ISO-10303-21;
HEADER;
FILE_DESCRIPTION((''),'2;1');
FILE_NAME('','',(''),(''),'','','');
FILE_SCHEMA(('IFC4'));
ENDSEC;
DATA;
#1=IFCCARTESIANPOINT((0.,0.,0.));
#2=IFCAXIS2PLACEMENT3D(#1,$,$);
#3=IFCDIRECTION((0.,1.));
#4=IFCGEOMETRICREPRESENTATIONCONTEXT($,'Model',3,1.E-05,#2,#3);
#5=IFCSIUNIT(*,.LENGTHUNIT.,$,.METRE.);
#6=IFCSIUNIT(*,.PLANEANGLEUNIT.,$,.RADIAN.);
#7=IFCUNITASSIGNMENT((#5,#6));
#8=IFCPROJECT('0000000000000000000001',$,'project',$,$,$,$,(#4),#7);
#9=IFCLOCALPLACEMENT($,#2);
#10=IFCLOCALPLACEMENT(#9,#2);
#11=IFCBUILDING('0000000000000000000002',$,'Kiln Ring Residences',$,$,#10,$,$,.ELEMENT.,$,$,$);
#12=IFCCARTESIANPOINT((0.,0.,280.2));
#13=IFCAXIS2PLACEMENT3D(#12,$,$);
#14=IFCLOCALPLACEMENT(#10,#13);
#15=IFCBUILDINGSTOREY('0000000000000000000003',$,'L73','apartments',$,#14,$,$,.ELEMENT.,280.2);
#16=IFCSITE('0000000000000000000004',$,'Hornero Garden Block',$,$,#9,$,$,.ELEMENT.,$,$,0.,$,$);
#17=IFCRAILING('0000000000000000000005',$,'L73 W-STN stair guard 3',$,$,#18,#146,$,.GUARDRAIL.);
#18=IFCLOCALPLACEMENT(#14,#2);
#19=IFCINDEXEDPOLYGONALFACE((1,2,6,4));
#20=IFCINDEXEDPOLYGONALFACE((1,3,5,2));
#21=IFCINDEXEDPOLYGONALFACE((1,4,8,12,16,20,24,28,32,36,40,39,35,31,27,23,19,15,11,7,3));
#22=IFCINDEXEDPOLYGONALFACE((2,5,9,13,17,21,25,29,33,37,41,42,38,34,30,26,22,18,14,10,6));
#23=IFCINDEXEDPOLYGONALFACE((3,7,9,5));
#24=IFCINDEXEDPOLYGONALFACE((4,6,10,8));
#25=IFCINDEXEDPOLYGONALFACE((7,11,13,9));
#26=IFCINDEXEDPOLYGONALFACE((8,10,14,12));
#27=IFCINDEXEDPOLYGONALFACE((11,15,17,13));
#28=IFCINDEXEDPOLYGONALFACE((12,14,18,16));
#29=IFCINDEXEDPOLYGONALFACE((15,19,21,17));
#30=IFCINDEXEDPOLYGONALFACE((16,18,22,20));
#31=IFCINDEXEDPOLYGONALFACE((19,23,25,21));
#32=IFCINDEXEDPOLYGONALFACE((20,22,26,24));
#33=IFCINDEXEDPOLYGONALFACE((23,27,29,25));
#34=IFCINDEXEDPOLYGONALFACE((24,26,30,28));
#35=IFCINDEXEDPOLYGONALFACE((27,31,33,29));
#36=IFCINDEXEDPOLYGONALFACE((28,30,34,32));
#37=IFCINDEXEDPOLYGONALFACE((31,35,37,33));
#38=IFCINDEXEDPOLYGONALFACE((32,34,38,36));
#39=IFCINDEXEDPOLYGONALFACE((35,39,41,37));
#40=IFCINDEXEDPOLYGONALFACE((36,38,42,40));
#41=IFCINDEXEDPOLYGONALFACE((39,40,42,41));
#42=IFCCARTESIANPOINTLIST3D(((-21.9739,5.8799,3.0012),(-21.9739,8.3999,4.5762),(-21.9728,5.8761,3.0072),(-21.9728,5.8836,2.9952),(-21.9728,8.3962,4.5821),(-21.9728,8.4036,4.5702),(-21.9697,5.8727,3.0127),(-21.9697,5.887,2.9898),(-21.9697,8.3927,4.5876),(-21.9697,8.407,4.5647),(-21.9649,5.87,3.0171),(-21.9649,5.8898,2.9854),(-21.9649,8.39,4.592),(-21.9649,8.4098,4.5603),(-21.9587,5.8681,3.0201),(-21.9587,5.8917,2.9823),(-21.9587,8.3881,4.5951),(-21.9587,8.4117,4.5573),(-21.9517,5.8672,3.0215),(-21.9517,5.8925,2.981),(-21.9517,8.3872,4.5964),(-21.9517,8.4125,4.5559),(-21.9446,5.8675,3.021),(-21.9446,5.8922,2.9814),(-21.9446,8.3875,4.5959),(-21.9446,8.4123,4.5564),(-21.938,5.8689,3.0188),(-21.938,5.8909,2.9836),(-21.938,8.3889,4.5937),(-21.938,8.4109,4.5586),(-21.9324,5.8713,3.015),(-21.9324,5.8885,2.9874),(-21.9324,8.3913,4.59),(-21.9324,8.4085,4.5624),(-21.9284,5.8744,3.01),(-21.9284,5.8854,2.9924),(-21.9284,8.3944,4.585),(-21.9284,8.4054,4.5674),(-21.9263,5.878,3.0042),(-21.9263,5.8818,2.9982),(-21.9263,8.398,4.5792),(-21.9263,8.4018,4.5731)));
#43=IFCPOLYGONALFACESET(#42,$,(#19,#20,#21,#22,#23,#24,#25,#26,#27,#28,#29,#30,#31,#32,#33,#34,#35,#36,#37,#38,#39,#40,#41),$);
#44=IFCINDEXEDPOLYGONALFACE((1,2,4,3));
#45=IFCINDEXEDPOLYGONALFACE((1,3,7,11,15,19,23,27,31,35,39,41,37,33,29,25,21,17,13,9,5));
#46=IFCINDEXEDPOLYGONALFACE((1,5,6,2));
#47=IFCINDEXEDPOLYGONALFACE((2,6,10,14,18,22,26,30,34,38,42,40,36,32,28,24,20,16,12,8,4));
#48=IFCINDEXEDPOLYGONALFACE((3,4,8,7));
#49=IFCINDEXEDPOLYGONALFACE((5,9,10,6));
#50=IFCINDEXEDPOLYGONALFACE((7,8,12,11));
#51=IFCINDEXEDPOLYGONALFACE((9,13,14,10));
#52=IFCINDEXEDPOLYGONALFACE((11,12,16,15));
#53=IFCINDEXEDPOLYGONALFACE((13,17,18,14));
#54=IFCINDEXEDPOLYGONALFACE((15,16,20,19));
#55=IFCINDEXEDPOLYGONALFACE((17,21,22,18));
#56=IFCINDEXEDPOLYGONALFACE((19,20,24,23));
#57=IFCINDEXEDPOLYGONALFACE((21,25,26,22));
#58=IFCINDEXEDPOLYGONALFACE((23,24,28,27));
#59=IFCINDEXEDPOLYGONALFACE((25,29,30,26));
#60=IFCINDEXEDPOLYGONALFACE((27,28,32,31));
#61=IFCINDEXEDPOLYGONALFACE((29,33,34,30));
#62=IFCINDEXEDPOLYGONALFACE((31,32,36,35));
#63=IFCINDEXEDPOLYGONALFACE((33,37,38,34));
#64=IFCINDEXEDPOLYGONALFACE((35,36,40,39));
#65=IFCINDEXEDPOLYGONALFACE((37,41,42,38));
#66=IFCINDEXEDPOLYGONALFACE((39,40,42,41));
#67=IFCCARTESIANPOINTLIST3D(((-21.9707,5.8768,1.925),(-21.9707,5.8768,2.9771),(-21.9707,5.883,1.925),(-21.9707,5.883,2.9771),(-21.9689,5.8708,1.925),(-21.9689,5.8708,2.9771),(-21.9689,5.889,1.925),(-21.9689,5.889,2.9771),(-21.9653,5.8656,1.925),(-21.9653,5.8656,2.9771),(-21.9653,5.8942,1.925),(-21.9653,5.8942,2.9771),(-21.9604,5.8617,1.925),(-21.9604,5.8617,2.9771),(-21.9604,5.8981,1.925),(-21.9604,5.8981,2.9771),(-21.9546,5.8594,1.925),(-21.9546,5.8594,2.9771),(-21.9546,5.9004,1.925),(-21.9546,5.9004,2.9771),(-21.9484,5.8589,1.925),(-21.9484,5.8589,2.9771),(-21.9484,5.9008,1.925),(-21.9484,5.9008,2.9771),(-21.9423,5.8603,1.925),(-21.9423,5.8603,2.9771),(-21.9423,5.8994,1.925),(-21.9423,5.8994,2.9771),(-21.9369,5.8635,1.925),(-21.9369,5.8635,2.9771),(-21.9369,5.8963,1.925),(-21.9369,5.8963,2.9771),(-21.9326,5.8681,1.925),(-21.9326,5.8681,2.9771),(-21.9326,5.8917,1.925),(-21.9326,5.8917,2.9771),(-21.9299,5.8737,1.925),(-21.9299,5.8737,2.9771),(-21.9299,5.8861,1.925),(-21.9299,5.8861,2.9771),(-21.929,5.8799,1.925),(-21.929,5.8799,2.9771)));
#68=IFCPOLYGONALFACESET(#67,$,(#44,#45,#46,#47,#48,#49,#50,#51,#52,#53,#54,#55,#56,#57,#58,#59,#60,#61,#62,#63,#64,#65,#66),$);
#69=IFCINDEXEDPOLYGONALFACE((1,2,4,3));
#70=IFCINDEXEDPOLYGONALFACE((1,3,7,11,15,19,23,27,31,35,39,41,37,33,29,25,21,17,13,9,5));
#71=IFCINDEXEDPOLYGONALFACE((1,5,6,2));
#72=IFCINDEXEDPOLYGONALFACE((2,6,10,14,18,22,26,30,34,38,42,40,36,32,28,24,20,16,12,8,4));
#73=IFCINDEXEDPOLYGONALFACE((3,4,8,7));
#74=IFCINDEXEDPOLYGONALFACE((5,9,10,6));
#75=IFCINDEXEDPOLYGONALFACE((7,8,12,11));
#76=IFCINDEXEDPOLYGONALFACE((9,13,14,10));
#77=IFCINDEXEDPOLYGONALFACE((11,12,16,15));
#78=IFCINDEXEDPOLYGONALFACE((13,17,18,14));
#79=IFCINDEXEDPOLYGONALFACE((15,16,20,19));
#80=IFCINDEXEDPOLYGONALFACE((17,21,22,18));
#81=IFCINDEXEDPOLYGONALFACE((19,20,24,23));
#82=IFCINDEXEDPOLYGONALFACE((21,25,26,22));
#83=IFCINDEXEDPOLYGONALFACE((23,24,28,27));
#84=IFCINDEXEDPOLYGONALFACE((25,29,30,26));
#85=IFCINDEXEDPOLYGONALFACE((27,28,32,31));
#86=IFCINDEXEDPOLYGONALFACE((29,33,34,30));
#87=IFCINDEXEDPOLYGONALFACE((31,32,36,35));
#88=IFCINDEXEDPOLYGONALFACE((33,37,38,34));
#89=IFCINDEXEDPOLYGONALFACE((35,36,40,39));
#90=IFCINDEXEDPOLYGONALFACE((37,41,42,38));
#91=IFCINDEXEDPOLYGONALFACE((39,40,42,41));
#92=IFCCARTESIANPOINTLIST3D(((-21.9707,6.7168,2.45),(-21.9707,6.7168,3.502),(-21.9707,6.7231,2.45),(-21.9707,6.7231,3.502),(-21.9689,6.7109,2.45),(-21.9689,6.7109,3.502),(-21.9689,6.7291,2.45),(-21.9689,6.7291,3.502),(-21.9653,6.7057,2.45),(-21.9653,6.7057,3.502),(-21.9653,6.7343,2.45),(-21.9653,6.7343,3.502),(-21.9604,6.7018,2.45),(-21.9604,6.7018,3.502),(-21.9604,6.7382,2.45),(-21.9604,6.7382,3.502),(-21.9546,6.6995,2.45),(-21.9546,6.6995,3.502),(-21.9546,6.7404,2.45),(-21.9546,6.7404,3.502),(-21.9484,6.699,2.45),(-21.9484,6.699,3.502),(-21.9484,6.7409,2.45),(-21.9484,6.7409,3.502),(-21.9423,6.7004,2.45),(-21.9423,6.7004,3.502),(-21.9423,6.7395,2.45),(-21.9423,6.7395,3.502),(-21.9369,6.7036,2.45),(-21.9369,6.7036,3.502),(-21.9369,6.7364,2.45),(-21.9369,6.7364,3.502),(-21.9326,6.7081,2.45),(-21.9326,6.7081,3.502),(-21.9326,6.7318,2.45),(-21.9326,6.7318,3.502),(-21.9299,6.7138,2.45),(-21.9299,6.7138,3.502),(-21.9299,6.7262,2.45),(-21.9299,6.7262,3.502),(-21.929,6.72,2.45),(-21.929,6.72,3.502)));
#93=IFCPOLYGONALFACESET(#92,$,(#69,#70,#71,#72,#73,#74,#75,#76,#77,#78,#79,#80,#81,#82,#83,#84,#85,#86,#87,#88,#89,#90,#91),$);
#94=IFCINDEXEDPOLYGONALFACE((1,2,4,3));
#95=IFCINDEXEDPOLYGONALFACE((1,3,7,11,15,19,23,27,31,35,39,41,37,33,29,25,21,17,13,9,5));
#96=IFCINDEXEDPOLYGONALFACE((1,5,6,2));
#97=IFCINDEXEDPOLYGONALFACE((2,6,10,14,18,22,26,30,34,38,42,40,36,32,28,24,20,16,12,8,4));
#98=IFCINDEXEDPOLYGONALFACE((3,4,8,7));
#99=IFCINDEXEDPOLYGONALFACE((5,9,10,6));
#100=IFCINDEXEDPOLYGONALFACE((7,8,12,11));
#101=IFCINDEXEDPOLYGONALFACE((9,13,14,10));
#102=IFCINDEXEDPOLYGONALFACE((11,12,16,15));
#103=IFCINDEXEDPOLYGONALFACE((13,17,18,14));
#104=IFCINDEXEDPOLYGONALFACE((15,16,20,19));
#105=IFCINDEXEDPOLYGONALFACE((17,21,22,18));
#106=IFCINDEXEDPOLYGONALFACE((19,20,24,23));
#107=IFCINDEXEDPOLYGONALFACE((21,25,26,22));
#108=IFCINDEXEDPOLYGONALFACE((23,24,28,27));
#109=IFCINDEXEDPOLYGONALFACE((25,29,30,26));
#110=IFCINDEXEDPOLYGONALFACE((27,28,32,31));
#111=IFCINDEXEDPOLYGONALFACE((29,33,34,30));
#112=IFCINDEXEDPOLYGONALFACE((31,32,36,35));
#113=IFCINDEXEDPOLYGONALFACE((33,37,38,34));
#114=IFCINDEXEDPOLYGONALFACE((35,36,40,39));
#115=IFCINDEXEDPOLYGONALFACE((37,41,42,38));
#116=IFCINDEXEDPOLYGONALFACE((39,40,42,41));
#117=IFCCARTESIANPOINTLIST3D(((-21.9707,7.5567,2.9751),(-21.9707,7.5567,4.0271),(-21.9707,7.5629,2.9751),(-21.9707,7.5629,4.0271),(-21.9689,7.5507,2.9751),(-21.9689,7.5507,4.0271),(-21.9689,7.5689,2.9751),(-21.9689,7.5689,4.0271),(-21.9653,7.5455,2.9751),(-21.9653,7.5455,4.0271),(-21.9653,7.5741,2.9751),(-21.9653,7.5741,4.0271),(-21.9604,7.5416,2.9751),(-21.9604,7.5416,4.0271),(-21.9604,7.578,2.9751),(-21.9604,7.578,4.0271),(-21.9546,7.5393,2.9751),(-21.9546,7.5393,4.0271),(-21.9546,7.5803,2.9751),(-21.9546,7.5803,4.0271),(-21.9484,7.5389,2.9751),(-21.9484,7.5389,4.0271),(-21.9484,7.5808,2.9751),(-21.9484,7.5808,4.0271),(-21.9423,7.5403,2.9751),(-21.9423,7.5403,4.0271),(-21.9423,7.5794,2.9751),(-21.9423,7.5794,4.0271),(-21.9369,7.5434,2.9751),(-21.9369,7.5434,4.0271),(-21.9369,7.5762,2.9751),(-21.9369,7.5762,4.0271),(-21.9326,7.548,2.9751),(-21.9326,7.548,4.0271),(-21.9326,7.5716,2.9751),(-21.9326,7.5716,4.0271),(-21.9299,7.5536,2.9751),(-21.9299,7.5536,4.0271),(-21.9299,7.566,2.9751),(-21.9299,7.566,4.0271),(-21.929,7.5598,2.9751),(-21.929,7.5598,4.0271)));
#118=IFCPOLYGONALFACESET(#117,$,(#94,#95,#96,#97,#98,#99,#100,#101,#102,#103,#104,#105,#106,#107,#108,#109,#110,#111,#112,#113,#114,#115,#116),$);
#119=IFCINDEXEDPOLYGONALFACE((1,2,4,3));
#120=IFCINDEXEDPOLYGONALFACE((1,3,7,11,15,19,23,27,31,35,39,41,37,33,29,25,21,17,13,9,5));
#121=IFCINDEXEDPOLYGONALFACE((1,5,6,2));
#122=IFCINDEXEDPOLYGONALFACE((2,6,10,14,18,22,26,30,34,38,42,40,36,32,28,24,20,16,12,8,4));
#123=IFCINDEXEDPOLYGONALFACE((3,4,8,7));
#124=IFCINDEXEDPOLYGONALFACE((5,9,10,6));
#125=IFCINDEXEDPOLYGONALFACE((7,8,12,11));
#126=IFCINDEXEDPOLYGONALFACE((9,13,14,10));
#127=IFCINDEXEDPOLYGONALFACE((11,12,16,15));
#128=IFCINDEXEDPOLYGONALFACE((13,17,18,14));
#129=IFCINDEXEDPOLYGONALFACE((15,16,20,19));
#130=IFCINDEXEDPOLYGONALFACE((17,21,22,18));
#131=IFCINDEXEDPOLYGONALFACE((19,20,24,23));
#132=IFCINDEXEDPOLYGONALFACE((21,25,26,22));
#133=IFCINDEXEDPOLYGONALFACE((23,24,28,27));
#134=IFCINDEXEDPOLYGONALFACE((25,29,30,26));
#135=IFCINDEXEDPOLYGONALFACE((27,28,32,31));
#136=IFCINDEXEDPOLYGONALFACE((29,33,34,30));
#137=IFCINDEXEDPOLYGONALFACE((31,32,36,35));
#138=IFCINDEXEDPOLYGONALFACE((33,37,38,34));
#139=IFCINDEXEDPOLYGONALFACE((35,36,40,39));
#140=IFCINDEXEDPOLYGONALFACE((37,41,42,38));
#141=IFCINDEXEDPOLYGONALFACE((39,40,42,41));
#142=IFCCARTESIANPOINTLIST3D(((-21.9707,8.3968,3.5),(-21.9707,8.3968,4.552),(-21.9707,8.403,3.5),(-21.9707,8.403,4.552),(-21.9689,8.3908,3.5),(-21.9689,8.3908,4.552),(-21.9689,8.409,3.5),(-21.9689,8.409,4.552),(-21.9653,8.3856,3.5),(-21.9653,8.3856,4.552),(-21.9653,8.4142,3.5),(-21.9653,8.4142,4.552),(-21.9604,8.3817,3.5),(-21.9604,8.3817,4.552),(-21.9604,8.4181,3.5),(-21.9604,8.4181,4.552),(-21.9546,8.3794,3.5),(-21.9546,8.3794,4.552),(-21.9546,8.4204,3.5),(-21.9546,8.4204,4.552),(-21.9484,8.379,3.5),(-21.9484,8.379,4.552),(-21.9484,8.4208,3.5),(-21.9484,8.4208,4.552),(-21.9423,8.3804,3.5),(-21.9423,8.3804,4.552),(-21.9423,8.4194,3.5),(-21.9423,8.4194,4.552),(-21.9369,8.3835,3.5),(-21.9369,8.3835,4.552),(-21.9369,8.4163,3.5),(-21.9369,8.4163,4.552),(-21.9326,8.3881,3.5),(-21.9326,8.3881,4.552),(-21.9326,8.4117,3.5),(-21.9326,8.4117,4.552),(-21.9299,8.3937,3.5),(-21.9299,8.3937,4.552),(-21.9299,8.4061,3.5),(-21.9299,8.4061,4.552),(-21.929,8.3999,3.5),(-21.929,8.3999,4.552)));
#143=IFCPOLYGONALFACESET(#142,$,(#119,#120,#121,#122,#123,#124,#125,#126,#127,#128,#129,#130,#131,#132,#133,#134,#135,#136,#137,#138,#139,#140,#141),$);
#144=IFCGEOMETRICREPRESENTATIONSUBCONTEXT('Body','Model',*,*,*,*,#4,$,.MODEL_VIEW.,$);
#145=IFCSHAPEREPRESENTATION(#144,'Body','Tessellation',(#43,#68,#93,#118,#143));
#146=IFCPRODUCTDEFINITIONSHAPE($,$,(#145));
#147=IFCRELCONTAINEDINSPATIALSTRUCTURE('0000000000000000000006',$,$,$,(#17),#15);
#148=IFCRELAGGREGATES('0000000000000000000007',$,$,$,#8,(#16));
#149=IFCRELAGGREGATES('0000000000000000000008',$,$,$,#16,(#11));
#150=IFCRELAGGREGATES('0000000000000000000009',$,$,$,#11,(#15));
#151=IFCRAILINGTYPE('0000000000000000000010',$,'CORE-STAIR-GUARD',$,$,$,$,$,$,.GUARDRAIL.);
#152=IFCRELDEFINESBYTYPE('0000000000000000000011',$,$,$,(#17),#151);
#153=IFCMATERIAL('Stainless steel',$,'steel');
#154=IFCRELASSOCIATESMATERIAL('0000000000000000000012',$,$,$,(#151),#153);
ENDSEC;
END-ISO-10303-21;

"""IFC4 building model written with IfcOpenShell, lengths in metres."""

from ifc_helpers import new_model, si_unit, direction, frame, origin, origin_2d, place, context, subcontext, project, spatial, circle, extrude, material, type_object, element, save


model = new_model("IFC4")

# Units and contexts
model_context = context("Model", 3, precision=1e-05, world=origin(), true_north=direction((0.0, 1.0)))
body_context = subcontext(model_context, "Body", "Model", "MODEL_VIEW")
ifc_project = project(units=[si_unit("LENGTHUNIT", "METRE"), si_unit("PLANEANGLEUNIT", "RADIAN")], contexts=[model_context])

# Site, building, storey
site_placement = place(None, origin())
site = spatial("IfcSite", under=ifc_project, at=site_placement, Name="Hornero Garden Block", CompositionType="ELEMENT", RefElevation=0.0)
building_placement = place(site_placement, origin())
building = spatial("IfcBuilding", under=site, at=building_placement, Name="Kiln Ring Residences", CompositionType="ELEMENT")
storey_placement = place(building_placement, frame((0.0, 0.0, 280.2)))
storey = spatial("IfcBuildingStorey", under=building, at=storey_placement, Name="L73", Description="apartments", CompositionType="ELEMENT", Elevation=280.2)

# Railing
ifc_material_1 = material(Name="Stainless steel", Category="steel")
railing_type_1 = type_object("IfcRailingType", Name="CORE-STAIR-GUARD", PredefinedType="GUARDRAIL", material=ifc_material_1)
railing_1_placement = place(storey_placement, frame((-21.95, 5.8799, 1.925)))
element("IfcRailing", 1, at=railing_1_placement, inside=storey, type_object=railing_type_1, Name="L73 W-STN stair guard 3", PredefinedType="GUARDRAIL", context=body_context, shape_type="SweptSolid", body=[
    extrude(circle(Radius=0.0239, at=origin_2d()), frame((0.0, 0.0, 1.0762), z_axis=(0.0, 0.848008, 0.529984), x_axis=(-1.0, 0.0, 0.0)), (0.0, 0.0, 1.0), 2.9717),
    extrude(circle(Radius=0.021, at=origin_2d()), origin(), (0.0, 0.0, 1.0), 1.052),
    extrude(circle(Radius=0.021, at=origin_2d()), frame((0.0, 0.8401, 0.5249)), (0.0, 0.0, 1.0), 1.052),
    extrude(circle(Radius=0.021, at=origin_2d()), frame((0.0, 1.6799, 1.05)), (0.0, 0.0, 1.0), 1.052),
    extrude(circle(Radius=0.021, at=origin_2d()), frame((0.0, 2.52, 1.575)), (0.0, 0.0, 1.0), 1.052),
])

save(model, "model.ifc")
